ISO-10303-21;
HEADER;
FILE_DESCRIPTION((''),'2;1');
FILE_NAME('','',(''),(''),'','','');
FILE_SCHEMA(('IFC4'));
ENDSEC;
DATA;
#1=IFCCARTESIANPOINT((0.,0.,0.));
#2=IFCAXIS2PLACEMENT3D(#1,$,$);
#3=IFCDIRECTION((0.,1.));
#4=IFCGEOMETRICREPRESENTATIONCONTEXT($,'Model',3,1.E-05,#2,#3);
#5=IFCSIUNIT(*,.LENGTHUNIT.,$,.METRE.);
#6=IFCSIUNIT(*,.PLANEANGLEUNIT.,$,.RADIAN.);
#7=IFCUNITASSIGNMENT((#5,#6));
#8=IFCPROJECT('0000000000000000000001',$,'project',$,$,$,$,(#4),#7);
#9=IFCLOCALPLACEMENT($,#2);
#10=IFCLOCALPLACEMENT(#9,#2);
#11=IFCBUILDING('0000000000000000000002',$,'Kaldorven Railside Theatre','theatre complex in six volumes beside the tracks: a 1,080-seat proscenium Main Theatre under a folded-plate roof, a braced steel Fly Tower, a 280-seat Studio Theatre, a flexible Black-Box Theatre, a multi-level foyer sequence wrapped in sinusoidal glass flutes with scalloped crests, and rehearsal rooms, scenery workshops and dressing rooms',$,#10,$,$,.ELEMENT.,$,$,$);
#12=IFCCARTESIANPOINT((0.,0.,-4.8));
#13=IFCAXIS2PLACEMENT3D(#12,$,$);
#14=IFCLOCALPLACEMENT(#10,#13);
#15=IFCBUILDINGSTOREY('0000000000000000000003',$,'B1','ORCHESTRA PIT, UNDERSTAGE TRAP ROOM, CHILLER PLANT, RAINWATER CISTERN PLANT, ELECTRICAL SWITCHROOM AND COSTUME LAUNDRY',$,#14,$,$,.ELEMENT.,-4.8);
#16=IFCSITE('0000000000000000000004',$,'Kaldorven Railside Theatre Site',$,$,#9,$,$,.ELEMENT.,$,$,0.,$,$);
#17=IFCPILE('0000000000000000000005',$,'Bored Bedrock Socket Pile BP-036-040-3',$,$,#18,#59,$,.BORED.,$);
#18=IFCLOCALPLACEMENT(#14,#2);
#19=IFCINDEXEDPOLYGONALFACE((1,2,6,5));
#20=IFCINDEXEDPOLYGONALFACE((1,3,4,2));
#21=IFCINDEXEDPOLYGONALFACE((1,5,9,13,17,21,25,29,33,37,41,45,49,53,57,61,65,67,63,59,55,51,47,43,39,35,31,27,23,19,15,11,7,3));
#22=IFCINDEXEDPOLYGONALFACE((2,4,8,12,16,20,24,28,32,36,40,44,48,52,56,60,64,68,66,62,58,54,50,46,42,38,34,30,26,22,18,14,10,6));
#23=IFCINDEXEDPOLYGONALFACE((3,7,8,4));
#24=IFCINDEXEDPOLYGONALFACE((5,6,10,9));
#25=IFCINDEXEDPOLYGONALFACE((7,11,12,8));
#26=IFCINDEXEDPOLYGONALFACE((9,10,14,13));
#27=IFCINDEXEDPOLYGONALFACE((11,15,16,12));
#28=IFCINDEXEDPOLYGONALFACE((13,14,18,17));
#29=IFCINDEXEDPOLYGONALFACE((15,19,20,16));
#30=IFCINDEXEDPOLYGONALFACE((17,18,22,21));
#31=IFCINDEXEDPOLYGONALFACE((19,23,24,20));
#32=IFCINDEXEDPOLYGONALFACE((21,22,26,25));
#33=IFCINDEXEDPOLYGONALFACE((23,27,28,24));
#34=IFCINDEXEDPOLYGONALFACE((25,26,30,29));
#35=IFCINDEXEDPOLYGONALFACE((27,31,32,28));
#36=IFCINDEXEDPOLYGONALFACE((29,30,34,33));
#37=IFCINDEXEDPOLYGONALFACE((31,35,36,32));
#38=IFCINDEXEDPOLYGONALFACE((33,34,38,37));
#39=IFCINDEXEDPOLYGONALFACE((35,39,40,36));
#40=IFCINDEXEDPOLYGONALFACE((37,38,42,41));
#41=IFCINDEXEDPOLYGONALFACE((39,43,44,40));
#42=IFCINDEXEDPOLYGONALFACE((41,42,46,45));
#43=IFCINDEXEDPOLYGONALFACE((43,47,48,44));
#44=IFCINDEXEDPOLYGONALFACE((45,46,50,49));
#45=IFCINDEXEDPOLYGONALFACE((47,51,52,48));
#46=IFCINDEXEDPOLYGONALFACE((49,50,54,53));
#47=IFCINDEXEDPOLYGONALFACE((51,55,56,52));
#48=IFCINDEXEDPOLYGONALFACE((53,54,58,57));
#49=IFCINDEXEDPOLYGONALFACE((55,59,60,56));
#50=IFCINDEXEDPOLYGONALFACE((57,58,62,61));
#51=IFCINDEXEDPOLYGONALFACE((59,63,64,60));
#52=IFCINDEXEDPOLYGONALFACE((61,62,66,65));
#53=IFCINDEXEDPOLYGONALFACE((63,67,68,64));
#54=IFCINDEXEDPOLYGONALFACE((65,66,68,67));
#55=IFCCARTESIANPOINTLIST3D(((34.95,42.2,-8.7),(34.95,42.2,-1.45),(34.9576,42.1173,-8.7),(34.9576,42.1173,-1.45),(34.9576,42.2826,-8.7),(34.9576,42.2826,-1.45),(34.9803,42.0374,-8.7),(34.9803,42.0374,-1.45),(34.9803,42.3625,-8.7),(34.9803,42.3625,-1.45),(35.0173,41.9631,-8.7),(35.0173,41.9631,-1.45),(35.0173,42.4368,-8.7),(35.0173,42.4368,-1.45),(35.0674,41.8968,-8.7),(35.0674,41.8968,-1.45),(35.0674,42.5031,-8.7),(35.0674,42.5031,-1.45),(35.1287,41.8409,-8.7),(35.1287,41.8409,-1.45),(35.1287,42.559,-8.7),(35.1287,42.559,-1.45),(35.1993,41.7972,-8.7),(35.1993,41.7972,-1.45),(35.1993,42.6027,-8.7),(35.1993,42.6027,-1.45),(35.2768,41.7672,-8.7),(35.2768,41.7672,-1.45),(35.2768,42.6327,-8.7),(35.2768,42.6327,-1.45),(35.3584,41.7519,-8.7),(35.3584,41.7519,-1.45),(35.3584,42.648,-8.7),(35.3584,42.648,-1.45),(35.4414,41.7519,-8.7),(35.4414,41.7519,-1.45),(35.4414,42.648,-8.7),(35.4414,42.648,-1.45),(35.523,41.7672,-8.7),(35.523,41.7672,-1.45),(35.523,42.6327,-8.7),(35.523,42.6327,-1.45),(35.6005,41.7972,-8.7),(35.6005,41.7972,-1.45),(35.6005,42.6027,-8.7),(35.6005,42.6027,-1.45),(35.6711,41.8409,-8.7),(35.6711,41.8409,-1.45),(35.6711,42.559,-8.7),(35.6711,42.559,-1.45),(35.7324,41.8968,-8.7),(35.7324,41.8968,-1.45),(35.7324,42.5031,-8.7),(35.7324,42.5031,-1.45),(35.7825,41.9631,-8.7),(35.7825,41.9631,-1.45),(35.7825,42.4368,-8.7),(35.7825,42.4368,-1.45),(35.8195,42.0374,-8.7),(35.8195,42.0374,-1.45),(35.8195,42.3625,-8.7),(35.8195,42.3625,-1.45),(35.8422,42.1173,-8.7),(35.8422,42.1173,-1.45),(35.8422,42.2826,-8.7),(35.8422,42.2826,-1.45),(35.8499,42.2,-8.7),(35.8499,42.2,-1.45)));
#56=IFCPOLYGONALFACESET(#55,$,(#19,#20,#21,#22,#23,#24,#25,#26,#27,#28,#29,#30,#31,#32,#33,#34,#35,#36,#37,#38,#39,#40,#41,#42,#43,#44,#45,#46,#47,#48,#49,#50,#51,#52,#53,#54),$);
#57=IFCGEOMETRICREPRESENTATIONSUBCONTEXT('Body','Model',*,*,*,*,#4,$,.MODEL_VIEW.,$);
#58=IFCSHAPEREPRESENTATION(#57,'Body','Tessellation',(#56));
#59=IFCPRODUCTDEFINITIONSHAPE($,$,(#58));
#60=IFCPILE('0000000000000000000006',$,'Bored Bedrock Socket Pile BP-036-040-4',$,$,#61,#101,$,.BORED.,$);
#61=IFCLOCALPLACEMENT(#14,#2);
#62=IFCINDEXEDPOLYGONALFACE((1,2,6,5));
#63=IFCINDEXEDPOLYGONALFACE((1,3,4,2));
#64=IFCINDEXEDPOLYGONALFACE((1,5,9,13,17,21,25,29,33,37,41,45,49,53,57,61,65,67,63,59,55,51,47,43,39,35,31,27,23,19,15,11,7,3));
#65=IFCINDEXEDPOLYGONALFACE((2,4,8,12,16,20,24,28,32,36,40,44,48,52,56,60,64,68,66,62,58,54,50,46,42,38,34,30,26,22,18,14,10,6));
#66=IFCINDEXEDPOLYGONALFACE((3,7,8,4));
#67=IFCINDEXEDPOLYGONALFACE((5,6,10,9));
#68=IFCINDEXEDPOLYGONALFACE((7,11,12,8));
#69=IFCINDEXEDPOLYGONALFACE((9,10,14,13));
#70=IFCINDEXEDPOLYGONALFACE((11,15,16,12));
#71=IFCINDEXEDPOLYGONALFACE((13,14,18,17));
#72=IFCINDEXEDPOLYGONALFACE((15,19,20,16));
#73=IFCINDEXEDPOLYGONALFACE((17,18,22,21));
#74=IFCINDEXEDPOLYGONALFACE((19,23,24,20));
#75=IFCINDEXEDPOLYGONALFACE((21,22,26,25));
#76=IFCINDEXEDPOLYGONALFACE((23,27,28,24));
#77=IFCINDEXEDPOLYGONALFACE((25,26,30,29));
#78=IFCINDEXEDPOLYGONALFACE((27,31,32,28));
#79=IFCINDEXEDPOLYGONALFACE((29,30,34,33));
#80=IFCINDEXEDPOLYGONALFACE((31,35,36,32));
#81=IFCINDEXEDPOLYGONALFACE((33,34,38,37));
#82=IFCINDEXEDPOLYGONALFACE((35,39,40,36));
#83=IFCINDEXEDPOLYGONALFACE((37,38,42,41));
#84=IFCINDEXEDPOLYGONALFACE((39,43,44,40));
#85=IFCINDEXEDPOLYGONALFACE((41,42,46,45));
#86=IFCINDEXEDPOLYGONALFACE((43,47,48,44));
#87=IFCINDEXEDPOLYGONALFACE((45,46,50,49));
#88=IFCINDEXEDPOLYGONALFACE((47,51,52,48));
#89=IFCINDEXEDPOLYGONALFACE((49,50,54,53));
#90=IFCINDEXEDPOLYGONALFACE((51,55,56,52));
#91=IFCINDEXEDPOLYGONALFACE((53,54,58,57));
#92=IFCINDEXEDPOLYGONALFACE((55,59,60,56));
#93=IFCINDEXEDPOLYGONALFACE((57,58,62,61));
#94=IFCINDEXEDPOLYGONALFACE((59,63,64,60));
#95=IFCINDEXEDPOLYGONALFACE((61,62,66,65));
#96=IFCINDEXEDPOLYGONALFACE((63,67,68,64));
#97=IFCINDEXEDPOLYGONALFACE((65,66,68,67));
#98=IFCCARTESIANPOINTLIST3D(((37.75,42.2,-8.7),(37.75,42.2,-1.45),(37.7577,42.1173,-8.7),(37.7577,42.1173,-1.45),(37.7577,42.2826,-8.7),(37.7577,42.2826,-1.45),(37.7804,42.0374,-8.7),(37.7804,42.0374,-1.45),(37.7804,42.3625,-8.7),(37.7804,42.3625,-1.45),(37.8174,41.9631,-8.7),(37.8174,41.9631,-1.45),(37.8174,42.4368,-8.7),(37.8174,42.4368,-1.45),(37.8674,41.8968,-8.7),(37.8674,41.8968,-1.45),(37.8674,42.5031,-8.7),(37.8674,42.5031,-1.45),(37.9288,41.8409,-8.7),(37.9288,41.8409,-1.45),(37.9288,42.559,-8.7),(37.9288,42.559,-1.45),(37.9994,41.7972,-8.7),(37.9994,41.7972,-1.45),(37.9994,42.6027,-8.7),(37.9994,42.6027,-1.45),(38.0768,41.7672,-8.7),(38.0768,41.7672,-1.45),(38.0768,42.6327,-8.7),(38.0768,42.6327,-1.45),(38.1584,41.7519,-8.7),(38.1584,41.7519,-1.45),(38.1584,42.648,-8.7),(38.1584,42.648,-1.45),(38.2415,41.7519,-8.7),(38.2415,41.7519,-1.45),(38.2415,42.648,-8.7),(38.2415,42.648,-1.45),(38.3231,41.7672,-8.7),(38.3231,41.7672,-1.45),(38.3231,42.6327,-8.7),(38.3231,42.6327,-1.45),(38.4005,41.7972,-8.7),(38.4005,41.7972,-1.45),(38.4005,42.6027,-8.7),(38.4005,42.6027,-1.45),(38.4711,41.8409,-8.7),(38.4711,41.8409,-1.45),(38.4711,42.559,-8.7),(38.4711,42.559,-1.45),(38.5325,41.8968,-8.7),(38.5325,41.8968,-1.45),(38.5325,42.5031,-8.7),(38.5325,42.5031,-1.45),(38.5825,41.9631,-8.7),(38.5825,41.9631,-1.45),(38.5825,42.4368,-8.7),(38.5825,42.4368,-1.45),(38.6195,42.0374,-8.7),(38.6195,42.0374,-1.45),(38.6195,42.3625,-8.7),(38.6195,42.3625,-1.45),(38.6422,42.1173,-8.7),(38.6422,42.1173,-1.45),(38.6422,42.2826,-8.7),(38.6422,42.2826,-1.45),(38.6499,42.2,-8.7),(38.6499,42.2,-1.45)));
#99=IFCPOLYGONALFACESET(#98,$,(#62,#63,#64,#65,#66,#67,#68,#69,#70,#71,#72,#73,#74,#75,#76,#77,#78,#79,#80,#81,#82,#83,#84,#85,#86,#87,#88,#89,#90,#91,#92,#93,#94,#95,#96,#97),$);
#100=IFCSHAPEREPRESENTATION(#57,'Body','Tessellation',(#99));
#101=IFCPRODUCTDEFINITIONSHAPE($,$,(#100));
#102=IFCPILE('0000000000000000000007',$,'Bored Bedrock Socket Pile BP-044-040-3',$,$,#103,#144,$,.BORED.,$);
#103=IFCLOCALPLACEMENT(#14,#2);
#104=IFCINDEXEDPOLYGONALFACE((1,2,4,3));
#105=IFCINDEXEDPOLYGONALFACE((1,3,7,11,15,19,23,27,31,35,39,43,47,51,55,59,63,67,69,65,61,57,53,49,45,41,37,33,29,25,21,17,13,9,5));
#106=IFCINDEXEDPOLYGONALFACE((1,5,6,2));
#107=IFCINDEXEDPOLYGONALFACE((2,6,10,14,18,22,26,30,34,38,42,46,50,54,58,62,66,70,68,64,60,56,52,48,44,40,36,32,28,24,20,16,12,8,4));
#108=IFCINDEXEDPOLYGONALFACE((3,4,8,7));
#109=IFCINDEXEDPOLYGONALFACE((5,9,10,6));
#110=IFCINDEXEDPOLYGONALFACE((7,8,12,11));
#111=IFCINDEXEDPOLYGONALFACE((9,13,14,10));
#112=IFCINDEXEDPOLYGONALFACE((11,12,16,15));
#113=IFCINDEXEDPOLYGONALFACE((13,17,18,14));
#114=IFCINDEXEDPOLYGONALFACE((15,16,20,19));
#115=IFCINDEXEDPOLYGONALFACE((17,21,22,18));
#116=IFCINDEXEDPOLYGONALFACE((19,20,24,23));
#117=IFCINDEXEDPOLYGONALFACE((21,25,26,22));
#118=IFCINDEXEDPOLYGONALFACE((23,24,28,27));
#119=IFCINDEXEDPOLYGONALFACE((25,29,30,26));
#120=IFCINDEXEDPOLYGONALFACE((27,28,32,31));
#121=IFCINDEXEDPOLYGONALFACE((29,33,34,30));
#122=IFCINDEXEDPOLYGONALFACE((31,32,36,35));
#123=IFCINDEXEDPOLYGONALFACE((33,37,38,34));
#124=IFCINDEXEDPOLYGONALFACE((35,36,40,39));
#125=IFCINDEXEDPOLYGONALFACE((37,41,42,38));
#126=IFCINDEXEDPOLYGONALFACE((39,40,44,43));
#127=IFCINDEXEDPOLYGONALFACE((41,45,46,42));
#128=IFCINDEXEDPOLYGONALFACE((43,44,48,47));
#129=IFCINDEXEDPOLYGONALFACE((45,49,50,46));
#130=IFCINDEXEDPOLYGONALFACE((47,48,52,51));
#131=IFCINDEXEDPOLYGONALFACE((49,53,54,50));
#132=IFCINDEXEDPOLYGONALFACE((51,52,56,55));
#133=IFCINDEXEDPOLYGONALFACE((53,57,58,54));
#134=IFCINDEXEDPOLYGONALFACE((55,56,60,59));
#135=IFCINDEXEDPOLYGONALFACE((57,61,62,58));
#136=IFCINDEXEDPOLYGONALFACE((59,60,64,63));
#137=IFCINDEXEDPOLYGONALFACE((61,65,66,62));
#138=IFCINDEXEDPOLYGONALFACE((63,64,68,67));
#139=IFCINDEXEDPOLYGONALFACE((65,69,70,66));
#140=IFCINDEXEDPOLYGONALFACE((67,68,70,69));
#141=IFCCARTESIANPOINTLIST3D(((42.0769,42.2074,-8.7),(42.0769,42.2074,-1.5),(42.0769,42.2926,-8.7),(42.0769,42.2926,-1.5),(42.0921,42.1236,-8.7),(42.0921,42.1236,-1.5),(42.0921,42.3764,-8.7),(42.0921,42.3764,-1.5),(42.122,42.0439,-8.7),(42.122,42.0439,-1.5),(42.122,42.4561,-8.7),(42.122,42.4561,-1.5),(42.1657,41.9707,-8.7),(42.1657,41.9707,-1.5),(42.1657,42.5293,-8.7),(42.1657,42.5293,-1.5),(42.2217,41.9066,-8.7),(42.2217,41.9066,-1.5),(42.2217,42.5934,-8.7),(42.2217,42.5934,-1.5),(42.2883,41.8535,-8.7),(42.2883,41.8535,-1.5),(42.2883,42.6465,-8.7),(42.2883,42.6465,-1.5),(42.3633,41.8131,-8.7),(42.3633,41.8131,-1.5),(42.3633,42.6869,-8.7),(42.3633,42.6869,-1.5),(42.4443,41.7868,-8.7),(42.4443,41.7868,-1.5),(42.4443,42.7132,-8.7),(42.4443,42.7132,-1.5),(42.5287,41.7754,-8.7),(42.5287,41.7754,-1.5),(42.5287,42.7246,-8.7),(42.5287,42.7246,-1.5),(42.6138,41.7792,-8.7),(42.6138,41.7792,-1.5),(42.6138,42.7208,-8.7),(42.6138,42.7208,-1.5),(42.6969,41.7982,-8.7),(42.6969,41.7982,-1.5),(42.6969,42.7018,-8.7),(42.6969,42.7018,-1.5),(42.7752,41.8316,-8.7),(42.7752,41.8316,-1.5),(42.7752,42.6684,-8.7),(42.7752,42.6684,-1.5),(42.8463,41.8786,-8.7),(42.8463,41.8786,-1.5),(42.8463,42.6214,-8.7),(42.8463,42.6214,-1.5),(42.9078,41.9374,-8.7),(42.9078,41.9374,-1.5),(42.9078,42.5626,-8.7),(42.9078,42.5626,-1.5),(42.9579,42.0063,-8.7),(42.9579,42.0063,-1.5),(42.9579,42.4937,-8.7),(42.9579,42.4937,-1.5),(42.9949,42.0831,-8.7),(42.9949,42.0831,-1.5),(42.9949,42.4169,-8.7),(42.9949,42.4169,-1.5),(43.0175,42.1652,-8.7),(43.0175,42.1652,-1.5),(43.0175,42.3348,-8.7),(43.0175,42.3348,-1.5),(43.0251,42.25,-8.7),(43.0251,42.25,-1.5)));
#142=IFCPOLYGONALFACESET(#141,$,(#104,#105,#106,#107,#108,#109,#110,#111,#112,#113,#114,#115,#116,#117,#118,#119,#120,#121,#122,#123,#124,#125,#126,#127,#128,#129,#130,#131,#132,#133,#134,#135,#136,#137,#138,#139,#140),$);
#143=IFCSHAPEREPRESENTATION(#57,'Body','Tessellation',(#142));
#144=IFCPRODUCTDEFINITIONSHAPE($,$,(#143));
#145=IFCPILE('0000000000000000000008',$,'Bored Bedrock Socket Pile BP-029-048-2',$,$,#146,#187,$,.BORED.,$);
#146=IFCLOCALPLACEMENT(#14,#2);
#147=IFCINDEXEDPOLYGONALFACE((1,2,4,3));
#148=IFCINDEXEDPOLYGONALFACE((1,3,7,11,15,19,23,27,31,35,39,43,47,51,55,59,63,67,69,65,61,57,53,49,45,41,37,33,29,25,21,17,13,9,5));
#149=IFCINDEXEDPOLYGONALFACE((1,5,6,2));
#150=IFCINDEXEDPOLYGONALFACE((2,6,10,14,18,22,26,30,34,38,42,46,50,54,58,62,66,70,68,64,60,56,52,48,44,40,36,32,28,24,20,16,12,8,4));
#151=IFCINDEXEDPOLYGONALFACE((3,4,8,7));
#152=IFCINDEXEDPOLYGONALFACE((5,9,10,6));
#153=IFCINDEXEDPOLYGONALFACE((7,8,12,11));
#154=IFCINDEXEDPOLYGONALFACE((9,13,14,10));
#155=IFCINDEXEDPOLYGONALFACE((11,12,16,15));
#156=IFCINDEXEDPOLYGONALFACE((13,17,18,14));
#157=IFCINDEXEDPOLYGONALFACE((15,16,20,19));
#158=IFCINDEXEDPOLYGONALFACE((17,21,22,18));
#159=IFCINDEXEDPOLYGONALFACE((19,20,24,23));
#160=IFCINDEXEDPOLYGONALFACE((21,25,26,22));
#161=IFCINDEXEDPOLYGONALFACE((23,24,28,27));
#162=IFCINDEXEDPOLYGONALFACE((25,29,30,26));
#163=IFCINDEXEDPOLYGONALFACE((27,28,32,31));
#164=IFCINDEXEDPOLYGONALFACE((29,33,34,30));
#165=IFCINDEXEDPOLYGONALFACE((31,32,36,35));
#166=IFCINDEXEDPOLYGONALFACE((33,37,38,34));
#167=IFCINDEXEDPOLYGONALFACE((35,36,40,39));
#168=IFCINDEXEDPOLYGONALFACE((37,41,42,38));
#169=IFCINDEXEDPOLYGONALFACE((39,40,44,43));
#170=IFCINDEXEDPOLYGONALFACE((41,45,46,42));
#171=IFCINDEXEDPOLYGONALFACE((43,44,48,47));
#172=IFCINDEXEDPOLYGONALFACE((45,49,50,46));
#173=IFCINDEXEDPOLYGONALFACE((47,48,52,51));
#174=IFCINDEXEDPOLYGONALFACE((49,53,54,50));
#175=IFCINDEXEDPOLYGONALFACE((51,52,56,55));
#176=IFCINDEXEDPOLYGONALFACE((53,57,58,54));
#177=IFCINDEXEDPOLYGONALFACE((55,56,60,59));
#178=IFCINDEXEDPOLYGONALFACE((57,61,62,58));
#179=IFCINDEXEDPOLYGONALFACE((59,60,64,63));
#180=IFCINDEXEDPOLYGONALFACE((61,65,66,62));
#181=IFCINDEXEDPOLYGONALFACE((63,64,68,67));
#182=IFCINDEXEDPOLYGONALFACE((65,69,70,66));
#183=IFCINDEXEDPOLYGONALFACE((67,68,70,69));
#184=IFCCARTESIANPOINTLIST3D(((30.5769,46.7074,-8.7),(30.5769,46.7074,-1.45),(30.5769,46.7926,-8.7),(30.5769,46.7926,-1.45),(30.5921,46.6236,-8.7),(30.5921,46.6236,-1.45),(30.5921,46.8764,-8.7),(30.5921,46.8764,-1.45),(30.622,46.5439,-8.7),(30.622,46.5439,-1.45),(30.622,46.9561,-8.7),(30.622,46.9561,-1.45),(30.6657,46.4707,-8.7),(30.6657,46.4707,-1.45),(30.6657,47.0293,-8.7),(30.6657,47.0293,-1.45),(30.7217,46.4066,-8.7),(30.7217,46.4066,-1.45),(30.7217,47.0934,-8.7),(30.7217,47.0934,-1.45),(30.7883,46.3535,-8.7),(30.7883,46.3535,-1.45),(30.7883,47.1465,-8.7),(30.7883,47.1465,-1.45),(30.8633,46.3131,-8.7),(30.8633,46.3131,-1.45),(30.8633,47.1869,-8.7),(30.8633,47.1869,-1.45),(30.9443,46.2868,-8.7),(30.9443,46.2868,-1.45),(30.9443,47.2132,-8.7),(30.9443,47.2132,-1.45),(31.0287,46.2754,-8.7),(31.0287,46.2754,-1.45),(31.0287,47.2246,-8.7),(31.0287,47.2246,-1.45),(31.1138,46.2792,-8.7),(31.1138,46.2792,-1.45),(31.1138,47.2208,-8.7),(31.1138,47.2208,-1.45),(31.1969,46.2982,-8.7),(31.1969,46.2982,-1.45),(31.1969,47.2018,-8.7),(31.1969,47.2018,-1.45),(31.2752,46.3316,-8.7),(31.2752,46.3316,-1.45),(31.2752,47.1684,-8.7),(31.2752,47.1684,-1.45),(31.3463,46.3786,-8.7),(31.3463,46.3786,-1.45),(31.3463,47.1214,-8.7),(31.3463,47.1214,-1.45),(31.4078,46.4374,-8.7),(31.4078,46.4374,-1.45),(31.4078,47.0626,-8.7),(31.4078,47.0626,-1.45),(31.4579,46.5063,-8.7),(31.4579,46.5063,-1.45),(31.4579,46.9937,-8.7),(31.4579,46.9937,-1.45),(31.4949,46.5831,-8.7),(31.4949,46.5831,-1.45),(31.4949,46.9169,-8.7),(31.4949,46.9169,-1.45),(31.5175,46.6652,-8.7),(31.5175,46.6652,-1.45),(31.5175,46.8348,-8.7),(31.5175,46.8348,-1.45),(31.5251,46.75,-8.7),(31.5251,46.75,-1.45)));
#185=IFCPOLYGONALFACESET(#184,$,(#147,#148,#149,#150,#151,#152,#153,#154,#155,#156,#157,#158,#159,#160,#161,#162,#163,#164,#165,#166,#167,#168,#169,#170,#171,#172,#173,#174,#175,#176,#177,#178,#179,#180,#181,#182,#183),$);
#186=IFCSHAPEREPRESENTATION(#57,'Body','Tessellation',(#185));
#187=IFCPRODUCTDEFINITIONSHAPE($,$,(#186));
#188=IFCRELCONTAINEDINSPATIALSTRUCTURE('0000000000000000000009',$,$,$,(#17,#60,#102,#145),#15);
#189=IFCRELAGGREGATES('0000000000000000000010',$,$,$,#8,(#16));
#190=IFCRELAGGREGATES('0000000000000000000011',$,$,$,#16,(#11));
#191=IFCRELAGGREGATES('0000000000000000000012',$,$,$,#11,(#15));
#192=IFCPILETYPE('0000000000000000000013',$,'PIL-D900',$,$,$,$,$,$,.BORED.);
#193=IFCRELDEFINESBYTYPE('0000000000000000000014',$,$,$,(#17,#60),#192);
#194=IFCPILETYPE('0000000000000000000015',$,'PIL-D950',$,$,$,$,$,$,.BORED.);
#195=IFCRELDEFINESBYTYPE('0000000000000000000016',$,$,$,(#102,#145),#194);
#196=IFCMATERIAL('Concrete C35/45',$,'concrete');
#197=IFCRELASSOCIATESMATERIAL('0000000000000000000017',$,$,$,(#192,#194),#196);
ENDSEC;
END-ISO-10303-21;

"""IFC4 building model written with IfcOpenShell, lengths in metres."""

from ifc_helpers import new_model, si_unit, direction, frame, origin, origin_2d, place, context, subcontext, project, spatial, circle, extrude, material, material_profile, profile_set, type_object, element, save


model = new_model("IFC4")

# Units and contexts
model_context = context("Model", 3, precision=1e-05, world=origin(), true_north=direction((0.0, 1.0)))
body_context = subcontext(model_context, "Body", "Model", "MODEL_VIEW")
ifc_project = project(units=[si_unit("LENGTHUNIT", "METRE"), si_unit("PLANEANGLEUNIT", "RADIAN")], contexts=[model_context])

# Site, building, storey
site_placement = place(None, origin())
site = spatial("IfcSite", under=ifc_project, at=site_placement, Name="Kaldorven Railside Theatre Site", CompositionType="ELEMENT", RefElevation=0.0)
building_placement = place(site_placement, origin())
building = spatial("IfcBuilding", under=site, at=building_placement, Name="Kaldorven Railside Theatre", Description="theatre complex in six volumes beside the tracks: a 1,080-seat proscenium Main Theatre under a folded-plate roof, a braced steel Fly Tower, a 280-seat Studio Theatre, a flexible Black-Box Theatre, a multi-level foyer sequence wrapped in sinusoidal glass flutes with scalloped crests, and rehearsal rooms, scenery workshops and dressing rooms", CompositionType="ELEMENT")
storey_placement = place(building_placement, frame((0.0, 0.0, -4.8)))
storey = spatial("IfcBuildingStorey", under=building, at=storey_placement, Name="B1", Description="ORCHESTRA PIT, UNDERSTAGE TRAP ROOM, CHILLER PLANT, RAINWATER CISTERN PLANT, ELECTRICAL SWITCHROOM AND COSTUME LAUNDRY", CompositionType="ELEMENT", Elevation=-4.8)

# Piles
ifc_material_1 = material(Name="Concrete C35/45", Category="concrete")
ifc_material_profile_1 = material_profile(ifc_material_1, circle(Radius=0.45, at=origin_2d()), Name="BP D900")
ifc_profile_set_1 = profile_set([ifc_material_profile_1], Name="Concrete C35/45")
pile_type_1 = type_object("IfcPileType", Name="PIL-D900", PredefinedType="BORED", material=ifc_profile_set_1)
for number, where, z_axis, x_axis, name in (
    (1, (35.3999, 42.2, -1.45), (0.0, 0.0, -1.0), (1.0, 0.0, 0.0), "Bored Bedrock Socket Pile BP-036-040-3"),
    (2, (38.2, 42.2, -1.45), (0.0, 0.0, -1.0), (1.0, 0.0, 0.0), "Bored Bedrock Socket Pile BP-036-040-4"),
):
    element("IfcPile", number, at=place(storey_placement, frame(where, z_axis=z_axis, x_axis=x_axis)), inside=storey, type_object=pile_type_1, Name=name, PredefinedType="BORED", context=body_context, shape_type="SweptSolid", body=[
        extrude(circle(Radius=0.45, at=origin_2d()), origin(), (0.0, 0.0, 1.0), 7.25),
    ])
ifc_material_profile_2 = material_profile(ifc_material_1, circle(Radius=0.4751, at=origin_2d()), Name="BP D950")
ifc_profile_set_2 = profile_set([ifc_material_profile_2], Name="Concrete C35/45")
pile_type_2 = type_object("IfcPileType", Name="PIL-D950", PredefinedType="BORED", material=ifc_profile_set_2)
pile_1_placement = place(storey_placement, frame((42.55, 42.25, -1.5), z_axis=(0.0, 0.0, -1.0), x_axis=(1.0, 0.0, 0.0)))
element("IfcPile", 3, at=pile_1_placement, inside=storey, type_object=pile_type_2, Name="Bored Bedrock Socket Pile BP-044-040-3", PredefinedType="BORED", context=body_context, shape_type="SweptSolid", body=[
    extrude(circle(Radius=0.4751, at=origin_2d()), origin(), (0.0, 0.0, 1.0), 7.2),
])
pile_2_placement = place(storey_placement, frame((31.05, 46.75, -1.45), z_axis=(0.0, 0.0, -1.0), x_axis=(1.0, 0.0, 0.0)))
element("IfcPile", 4, at=pile_2_placement, inside=storey, type_object=pile_type_2, Name="Bored Bedrock Socket Pile BP-029-048-2", PredefinedType="BORED", context=body_context, shape_type="SweptSolid", body=[
    extrude(circle(Radius=0.4751, at=origin_2d()), origin(), (0.0, 0.0, 1.0), 7.25),
])

save(model, "model.ifc")
